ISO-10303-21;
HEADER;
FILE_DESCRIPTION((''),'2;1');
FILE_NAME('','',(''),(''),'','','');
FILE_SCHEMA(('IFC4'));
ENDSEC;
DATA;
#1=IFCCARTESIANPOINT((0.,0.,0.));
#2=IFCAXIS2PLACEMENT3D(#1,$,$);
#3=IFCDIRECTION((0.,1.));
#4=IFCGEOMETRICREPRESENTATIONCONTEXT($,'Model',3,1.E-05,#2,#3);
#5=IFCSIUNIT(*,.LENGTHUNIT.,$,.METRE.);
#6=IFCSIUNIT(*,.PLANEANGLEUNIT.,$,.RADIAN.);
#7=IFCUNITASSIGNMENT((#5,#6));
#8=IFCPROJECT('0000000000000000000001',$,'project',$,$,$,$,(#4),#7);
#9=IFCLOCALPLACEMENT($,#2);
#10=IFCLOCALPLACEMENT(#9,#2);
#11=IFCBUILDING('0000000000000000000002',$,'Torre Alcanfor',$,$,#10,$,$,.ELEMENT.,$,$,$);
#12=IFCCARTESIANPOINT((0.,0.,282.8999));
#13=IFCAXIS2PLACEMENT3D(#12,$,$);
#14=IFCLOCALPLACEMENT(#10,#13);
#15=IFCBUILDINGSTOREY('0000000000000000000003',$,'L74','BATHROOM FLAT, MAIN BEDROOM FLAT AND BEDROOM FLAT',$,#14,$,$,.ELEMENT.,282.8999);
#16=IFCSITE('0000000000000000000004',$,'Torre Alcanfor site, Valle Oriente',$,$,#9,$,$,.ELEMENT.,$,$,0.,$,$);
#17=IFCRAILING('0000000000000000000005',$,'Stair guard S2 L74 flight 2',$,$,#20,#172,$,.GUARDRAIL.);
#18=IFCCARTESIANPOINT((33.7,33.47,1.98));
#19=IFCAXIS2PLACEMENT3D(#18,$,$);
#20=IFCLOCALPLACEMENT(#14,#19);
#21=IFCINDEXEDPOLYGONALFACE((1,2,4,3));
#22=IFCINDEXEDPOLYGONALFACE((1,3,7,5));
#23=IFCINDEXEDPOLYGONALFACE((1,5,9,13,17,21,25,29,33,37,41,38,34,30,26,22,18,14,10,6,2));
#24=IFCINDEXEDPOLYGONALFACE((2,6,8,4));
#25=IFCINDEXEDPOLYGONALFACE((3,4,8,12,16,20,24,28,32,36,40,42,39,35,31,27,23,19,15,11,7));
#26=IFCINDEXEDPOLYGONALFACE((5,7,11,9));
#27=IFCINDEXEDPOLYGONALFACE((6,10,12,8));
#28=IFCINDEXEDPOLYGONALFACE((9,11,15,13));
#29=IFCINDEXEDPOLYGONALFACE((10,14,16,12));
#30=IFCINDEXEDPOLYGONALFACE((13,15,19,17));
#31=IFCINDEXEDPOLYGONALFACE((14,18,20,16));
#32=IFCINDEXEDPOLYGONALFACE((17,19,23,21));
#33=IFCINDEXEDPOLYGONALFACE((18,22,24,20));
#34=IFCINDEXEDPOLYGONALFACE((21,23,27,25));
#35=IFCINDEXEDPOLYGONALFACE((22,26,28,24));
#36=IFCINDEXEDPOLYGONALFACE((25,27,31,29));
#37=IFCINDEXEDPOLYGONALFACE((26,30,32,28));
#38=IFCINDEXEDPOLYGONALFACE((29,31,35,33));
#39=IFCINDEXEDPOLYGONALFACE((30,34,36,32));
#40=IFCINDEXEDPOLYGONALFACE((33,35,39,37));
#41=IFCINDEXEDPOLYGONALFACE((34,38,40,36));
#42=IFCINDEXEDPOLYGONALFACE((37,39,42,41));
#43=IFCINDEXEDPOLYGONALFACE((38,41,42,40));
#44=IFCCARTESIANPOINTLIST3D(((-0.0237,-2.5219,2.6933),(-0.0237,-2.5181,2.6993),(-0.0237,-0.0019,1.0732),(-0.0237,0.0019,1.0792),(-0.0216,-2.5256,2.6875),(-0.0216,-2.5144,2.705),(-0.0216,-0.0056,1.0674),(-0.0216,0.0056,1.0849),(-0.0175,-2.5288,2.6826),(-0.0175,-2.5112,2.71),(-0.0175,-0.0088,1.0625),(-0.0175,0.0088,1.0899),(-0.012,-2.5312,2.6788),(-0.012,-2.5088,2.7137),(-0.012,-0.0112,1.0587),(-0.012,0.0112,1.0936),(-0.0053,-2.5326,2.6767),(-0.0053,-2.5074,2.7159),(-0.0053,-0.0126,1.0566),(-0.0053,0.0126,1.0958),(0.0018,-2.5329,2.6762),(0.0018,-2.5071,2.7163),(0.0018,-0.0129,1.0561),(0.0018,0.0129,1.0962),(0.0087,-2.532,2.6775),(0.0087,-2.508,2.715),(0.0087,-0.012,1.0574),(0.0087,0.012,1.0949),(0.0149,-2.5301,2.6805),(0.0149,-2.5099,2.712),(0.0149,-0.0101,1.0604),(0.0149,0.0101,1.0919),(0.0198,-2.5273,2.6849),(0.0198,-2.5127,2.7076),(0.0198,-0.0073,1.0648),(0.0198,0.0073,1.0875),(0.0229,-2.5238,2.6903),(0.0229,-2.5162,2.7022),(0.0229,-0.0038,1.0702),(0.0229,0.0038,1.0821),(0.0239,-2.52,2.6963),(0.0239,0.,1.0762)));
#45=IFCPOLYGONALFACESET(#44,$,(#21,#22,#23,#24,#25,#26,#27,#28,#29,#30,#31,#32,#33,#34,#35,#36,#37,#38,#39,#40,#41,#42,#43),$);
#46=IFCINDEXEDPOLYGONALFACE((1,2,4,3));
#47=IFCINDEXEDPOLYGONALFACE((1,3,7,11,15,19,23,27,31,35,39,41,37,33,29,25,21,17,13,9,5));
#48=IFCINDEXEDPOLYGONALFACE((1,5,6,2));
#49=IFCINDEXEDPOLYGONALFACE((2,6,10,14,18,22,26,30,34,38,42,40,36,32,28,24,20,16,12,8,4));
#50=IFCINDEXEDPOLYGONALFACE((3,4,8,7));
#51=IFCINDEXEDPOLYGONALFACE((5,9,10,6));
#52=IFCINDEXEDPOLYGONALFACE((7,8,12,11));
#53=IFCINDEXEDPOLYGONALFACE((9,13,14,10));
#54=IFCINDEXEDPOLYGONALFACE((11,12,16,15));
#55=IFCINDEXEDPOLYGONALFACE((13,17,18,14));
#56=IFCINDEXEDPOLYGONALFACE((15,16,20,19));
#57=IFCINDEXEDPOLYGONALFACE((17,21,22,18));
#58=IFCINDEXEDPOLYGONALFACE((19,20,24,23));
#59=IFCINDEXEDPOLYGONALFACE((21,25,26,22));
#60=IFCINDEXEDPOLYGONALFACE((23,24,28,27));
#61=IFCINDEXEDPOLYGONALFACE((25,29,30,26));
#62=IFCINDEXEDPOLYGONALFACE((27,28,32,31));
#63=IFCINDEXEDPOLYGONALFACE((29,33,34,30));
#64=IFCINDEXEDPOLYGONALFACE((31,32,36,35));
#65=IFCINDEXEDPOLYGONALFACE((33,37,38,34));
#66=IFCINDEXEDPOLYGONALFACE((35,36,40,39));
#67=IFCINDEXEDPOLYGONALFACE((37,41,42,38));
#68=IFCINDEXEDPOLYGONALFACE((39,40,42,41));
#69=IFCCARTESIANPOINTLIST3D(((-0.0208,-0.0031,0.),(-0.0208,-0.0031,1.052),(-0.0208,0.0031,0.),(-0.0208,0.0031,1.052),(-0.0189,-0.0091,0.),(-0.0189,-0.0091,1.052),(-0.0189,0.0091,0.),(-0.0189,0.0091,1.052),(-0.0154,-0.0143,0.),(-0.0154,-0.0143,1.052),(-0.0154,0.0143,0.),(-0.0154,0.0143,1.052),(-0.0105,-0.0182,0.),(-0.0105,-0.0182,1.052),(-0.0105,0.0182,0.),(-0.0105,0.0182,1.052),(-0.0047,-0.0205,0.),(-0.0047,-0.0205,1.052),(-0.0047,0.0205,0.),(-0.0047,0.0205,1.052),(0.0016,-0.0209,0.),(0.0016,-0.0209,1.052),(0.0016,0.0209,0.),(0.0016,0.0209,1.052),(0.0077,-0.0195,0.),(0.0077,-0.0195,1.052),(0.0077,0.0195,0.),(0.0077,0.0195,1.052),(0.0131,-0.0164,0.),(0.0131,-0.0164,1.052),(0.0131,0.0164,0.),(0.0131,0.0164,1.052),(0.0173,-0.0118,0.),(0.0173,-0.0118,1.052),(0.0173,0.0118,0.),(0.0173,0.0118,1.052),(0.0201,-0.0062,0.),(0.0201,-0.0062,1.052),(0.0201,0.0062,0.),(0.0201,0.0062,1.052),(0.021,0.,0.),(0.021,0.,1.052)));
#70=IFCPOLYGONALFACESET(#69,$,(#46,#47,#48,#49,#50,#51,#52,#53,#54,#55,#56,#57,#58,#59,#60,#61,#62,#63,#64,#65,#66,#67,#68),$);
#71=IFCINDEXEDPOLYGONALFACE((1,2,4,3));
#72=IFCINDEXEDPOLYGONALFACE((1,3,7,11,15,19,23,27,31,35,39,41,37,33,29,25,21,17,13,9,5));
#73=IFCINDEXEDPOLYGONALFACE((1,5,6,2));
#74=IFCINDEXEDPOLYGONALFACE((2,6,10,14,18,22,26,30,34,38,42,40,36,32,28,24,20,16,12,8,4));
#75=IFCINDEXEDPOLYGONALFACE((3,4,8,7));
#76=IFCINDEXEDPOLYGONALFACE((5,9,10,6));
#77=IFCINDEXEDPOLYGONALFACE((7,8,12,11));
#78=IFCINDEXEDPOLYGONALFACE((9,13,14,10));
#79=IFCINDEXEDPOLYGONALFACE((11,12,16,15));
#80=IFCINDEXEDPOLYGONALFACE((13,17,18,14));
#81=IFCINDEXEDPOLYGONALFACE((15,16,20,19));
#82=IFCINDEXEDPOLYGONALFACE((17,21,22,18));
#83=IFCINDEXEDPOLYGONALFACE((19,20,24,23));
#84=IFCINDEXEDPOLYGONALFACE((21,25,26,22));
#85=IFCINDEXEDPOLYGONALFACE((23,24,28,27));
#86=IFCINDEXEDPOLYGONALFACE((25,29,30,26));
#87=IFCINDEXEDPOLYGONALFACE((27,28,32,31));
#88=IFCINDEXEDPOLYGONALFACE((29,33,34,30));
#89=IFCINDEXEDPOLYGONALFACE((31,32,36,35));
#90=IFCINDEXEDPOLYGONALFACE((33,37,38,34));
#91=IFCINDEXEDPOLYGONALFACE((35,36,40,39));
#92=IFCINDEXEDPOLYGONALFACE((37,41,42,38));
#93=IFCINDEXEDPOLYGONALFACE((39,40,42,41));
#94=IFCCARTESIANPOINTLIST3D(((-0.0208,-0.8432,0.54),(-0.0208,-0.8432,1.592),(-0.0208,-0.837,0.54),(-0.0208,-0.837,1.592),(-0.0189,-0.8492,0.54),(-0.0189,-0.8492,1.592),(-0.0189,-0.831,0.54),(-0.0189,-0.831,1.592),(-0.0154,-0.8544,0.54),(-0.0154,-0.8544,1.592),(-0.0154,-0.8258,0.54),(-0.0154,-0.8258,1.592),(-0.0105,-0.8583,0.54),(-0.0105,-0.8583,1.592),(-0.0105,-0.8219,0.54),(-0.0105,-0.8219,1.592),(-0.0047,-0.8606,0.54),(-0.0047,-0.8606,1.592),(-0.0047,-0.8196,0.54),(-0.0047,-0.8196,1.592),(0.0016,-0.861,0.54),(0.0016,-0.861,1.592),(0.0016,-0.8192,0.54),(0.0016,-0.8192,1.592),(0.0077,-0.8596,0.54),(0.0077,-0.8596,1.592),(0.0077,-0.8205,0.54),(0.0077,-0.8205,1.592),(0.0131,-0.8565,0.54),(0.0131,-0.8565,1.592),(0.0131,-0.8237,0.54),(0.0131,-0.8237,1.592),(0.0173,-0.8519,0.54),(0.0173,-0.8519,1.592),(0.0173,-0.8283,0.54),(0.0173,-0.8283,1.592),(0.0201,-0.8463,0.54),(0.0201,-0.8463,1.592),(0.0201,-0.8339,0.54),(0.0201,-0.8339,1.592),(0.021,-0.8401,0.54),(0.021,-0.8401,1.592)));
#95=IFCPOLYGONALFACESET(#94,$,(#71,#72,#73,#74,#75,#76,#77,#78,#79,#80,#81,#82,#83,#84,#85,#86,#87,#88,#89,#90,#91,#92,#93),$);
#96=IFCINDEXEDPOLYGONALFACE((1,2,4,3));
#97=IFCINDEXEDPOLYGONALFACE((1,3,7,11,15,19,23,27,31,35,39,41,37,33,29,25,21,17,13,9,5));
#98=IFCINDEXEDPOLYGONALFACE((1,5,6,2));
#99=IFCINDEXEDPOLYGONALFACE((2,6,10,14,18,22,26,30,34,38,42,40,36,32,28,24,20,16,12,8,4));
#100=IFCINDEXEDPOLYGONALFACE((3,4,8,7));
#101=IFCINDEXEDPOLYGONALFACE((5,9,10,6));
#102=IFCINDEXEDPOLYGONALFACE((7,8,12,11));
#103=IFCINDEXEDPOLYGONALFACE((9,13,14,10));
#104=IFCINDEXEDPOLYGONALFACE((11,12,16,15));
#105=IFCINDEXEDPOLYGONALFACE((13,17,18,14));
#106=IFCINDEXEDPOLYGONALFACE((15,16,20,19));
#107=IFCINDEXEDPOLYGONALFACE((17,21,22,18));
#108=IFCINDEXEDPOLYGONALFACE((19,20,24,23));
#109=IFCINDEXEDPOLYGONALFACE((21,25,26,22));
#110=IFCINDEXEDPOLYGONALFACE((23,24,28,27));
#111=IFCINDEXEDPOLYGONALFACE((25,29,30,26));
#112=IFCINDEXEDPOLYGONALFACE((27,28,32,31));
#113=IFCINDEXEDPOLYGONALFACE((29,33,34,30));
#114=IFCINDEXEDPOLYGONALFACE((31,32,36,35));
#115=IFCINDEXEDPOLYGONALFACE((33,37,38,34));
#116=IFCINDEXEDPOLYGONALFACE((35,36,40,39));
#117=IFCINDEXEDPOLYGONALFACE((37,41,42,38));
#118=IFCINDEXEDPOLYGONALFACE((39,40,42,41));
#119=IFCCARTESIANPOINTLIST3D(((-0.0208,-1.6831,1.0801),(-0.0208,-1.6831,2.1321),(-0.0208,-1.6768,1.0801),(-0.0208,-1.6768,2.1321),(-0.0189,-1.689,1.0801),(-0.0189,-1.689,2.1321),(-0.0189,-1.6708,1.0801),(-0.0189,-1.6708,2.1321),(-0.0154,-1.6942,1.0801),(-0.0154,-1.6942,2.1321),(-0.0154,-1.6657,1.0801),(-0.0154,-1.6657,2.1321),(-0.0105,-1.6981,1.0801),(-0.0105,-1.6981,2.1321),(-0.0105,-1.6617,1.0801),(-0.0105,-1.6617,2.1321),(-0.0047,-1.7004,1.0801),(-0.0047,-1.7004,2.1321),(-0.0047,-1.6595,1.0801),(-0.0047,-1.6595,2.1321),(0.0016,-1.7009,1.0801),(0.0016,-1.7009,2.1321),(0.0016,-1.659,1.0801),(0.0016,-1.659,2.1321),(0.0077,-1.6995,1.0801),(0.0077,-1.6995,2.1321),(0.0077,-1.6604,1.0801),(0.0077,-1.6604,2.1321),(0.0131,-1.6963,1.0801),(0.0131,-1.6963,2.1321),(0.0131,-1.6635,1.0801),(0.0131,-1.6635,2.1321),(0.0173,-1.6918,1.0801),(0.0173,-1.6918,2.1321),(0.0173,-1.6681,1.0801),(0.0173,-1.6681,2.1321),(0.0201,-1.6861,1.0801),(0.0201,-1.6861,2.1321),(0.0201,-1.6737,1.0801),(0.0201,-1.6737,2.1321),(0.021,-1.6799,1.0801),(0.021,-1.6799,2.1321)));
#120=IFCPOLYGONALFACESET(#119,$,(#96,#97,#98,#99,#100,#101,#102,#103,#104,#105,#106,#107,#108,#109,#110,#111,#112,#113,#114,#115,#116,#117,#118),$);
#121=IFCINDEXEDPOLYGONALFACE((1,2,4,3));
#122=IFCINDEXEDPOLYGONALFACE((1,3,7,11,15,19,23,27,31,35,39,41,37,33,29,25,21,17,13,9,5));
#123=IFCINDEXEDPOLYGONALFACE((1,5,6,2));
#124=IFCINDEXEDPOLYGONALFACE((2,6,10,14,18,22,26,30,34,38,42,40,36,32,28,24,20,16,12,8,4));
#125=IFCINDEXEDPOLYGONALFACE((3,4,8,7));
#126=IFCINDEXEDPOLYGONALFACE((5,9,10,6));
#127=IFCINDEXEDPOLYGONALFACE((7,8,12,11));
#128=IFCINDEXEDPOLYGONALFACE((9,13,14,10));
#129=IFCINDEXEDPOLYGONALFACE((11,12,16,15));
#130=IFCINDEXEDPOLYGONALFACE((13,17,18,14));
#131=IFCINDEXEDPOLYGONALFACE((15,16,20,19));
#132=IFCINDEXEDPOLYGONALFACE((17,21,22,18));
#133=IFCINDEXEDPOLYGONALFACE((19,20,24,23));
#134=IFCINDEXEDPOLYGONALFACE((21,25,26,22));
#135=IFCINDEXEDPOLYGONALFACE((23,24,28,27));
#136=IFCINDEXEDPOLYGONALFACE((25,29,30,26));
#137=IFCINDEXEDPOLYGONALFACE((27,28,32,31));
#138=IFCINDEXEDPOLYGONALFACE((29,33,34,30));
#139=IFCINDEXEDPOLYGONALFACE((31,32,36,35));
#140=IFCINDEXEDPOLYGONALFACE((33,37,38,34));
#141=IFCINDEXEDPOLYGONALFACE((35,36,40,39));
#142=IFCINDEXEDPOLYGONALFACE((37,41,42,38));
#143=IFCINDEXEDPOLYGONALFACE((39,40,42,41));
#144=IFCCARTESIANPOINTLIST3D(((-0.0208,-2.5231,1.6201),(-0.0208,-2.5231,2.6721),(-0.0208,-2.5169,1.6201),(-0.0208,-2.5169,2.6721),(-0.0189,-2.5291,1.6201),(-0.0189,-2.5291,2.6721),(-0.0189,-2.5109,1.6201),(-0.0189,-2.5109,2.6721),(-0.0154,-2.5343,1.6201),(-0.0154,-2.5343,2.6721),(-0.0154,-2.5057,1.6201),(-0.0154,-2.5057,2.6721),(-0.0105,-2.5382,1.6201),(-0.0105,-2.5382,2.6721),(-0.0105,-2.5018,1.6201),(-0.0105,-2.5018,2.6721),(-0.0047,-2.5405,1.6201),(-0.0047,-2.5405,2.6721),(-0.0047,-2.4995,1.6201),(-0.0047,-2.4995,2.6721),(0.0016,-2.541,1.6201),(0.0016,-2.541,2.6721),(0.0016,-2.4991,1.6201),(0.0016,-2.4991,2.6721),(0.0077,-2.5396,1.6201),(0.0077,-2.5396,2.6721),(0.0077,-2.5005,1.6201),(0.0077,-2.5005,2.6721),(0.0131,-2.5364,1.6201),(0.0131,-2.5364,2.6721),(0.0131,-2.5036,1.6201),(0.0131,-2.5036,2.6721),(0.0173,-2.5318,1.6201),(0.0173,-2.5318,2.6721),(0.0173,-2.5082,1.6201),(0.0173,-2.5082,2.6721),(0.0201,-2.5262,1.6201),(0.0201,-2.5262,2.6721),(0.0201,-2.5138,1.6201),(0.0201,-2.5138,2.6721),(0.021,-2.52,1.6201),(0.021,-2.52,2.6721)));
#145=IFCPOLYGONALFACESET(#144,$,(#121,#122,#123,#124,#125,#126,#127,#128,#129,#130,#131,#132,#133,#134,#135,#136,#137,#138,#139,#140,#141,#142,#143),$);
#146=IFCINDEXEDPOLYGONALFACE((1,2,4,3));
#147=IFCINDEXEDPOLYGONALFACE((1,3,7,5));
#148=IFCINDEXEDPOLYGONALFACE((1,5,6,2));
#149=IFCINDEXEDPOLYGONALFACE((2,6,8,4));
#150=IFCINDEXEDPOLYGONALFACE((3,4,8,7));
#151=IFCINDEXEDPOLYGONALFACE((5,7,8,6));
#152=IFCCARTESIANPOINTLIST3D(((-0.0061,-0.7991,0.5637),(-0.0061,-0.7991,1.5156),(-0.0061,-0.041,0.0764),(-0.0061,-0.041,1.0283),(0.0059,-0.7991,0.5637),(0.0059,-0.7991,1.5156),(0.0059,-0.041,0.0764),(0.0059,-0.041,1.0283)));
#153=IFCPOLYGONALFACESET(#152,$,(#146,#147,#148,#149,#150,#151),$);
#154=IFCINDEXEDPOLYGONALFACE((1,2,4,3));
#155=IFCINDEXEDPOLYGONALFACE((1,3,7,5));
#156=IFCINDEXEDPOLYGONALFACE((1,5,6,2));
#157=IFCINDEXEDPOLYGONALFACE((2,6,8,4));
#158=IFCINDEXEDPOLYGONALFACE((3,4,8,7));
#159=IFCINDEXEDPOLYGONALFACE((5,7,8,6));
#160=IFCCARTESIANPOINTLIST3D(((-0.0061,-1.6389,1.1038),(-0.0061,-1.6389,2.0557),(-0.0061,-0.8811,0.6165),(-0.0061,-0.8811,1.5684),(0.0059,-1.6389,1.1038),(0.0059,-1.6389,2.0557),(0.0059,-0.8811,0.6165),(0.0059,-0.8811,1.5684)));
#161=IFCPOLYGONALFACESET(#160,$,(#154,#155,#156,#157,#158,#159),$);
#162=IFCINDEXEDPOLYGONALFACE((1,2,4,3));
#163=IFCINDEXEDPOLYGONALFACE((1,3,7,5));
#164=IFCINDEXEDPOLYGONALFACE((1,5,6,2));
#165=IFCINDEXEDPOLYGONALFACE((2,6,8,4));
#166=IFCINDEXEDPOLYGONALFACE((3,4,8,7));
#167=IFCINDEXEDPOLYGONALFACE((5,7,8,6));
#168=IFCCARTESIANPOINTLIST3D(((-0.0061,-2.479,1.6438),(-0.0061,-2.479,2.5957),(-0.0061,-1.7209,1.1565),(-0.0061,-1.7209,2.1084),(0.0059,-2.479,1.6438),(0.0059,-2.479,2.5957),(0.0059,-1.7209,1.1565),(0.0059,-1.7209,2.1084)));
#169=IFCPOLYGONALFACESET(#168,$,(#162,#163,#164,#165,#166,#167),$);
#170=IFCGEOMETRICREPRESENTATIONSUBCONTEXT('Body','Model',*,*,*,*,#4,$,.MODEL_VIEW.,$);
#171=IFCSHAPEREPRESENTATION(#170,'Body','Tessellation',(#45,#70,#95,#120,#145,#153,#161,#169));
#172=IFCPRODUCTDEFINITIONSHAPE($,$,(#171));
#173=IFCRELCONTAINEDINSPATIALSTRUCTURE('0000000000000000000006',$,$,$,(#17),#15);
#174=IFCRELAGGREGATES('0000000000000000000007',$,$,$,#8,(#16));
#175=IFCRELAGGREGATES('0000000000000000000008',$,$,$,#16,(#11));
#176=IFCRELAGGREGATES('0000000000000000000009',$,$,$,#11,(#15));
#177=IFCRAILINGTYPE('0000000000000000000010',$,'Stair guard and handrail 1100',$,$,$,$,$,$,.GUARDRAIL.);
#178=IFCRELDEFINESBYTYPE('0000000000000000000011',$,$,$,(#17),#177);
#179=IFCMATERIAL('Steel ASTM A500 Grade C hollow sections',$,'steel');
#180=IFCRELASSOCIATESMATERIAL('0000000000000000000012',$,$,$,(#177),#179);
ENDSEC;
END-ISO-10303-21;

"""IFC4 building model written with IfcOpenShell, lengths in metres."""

from ifc_helpers import new_model, si_unit, direction, frame, origin, origin_2d, place, context, subcontext, project, spatial, polyline, circle, outline, extrude, material, type_object, element, save


model = new_model("IFC4")

# Units and contexts
model_context = context("Model", 3, precision=1e-05, world=origin(), true_north=direction((0.0, 1.0)))
body_context = subcontext(model_context, "Body", "Model", "MODEL_VIEW")
ifc_project = project(units=[si_unit("LENGTHUNIT", "METRE"), si_unit("PLANEANGLEUNIT", "RADIAN")], contexts=[model_context])

# Site, building, storey
site_placement = place(None, origin())
site = spatial("IfcSite", under=ifc_project, at=site_placement, Name="Torre Alcanfor site, Valle Oriente", CompositionType="ELEMENT", RefElevation=0.0)
building_placement = place(site_placement, origin())
building = spatial("IfcBuilding", under=site, at=building_placement, Name="Torre Alcanfor", CompositionType="ELEMENT")
storey_placement = place(building_placement, frame((0.0, 0.0, 282.8999)))
storey = spatial("IfcBuildingStorey", under=building, at=storey_placement, Name="L74", Description="BATHROOM FLAT, MAIN BEDROOM FLAT AND BEDROOM FLAT", CompositionType="ELEMENT", Elevation=282.8999)

# Railing
ifc_material_1 = material(Name="Steel ASTM A500 Grade C hollow sections", Category="steel")
railing_type_1 = type_object("IfcRailingType", Name="Stair guard and handrail 1100", PredefinedType="GUARDRAIL", material=ifc_material_1)
railing_1_placement = place(storey_placement, frame((33.7, 33.47, 1.98)))
element("IfcRailing", 1, at=railing_1_placement, inside=storey, type_object=railing_type_1, Name="Stair guard S2 L74 flight 2", PredefinedType="GUARDRAIL", context=body_context, shape_type="SweptSolid", body=[
    extrude(circle(Radius=0.0239, at=origin_2d()), frame((0.0, 0.0, 1.0762), z_axis=(0.0, -0.841163, 0.540782), x_axis=(1.0, 0.0, 0.0)), (0.0, 0.0, 1.0), 2.9958),
    extrude(circle(Radius=0.021, at=origin_2d()), origin(), (0.0, 0.0, 1.0), 1.052),
    extrude(circle(Radius=0.021, at=origin_2d()), frame((0.0, -0.8401, 0.54)), (0.0, 0.0, 1.0), 1.052),
    extrude(circle(Radius=0.021, at=origin_2d()), frame((0.0, -1.6799, 1.0801)), (0.0, 0.0, 1.0), 1.052),
    extrude(circle(Radius=0.021, at=origin_2d()), frame((0.0, -2.52, 1.6201)), (0.0, 0.0, 1.0), 1.052),
    extrude(outline(polyline([(0.041, 0.0764), (0.7991, 0.5637), (0.7991, 1.5156), (0.041, 1.0283), (0.041, 0.0764)])), frame((0.0059, 0.0, 0.0), z_axis=(-1.0, 0.0, 0.0), x_axis=(0.0, -1.0, 0.0)), (0.0, 0.0, 1.0), 0.012),
    extrude(outline(polyline([(0.8811, 0.6165), (1.6389, 1.1038), (1.6389, 2.0557), (0.8811, 1.5684), (0.8811, 0.6165)])), frame((0.0059, 0.0, 0.0), z_axis=(-1.0, 0.0, 0.0), x_axis=(0.0, -1.0, 0.0)), (0.0, 0.0, 1.0), 0.012),
    extrude(outline(polyline([(1.7209, 1.1565), (2.479, 1.6438), (2.479, 2.5957), (1.7209, 2.1084), (1.7209, 1.1565)])), frame((0.0059, 0.0, 0.0), z_axis=(-1.0, 0.0, 0.0), x_axis=(0.0, -1.0, 0.0)), (0.0, 0.0, 1.0), 0.012),
])

save(model, "model.ifc")
